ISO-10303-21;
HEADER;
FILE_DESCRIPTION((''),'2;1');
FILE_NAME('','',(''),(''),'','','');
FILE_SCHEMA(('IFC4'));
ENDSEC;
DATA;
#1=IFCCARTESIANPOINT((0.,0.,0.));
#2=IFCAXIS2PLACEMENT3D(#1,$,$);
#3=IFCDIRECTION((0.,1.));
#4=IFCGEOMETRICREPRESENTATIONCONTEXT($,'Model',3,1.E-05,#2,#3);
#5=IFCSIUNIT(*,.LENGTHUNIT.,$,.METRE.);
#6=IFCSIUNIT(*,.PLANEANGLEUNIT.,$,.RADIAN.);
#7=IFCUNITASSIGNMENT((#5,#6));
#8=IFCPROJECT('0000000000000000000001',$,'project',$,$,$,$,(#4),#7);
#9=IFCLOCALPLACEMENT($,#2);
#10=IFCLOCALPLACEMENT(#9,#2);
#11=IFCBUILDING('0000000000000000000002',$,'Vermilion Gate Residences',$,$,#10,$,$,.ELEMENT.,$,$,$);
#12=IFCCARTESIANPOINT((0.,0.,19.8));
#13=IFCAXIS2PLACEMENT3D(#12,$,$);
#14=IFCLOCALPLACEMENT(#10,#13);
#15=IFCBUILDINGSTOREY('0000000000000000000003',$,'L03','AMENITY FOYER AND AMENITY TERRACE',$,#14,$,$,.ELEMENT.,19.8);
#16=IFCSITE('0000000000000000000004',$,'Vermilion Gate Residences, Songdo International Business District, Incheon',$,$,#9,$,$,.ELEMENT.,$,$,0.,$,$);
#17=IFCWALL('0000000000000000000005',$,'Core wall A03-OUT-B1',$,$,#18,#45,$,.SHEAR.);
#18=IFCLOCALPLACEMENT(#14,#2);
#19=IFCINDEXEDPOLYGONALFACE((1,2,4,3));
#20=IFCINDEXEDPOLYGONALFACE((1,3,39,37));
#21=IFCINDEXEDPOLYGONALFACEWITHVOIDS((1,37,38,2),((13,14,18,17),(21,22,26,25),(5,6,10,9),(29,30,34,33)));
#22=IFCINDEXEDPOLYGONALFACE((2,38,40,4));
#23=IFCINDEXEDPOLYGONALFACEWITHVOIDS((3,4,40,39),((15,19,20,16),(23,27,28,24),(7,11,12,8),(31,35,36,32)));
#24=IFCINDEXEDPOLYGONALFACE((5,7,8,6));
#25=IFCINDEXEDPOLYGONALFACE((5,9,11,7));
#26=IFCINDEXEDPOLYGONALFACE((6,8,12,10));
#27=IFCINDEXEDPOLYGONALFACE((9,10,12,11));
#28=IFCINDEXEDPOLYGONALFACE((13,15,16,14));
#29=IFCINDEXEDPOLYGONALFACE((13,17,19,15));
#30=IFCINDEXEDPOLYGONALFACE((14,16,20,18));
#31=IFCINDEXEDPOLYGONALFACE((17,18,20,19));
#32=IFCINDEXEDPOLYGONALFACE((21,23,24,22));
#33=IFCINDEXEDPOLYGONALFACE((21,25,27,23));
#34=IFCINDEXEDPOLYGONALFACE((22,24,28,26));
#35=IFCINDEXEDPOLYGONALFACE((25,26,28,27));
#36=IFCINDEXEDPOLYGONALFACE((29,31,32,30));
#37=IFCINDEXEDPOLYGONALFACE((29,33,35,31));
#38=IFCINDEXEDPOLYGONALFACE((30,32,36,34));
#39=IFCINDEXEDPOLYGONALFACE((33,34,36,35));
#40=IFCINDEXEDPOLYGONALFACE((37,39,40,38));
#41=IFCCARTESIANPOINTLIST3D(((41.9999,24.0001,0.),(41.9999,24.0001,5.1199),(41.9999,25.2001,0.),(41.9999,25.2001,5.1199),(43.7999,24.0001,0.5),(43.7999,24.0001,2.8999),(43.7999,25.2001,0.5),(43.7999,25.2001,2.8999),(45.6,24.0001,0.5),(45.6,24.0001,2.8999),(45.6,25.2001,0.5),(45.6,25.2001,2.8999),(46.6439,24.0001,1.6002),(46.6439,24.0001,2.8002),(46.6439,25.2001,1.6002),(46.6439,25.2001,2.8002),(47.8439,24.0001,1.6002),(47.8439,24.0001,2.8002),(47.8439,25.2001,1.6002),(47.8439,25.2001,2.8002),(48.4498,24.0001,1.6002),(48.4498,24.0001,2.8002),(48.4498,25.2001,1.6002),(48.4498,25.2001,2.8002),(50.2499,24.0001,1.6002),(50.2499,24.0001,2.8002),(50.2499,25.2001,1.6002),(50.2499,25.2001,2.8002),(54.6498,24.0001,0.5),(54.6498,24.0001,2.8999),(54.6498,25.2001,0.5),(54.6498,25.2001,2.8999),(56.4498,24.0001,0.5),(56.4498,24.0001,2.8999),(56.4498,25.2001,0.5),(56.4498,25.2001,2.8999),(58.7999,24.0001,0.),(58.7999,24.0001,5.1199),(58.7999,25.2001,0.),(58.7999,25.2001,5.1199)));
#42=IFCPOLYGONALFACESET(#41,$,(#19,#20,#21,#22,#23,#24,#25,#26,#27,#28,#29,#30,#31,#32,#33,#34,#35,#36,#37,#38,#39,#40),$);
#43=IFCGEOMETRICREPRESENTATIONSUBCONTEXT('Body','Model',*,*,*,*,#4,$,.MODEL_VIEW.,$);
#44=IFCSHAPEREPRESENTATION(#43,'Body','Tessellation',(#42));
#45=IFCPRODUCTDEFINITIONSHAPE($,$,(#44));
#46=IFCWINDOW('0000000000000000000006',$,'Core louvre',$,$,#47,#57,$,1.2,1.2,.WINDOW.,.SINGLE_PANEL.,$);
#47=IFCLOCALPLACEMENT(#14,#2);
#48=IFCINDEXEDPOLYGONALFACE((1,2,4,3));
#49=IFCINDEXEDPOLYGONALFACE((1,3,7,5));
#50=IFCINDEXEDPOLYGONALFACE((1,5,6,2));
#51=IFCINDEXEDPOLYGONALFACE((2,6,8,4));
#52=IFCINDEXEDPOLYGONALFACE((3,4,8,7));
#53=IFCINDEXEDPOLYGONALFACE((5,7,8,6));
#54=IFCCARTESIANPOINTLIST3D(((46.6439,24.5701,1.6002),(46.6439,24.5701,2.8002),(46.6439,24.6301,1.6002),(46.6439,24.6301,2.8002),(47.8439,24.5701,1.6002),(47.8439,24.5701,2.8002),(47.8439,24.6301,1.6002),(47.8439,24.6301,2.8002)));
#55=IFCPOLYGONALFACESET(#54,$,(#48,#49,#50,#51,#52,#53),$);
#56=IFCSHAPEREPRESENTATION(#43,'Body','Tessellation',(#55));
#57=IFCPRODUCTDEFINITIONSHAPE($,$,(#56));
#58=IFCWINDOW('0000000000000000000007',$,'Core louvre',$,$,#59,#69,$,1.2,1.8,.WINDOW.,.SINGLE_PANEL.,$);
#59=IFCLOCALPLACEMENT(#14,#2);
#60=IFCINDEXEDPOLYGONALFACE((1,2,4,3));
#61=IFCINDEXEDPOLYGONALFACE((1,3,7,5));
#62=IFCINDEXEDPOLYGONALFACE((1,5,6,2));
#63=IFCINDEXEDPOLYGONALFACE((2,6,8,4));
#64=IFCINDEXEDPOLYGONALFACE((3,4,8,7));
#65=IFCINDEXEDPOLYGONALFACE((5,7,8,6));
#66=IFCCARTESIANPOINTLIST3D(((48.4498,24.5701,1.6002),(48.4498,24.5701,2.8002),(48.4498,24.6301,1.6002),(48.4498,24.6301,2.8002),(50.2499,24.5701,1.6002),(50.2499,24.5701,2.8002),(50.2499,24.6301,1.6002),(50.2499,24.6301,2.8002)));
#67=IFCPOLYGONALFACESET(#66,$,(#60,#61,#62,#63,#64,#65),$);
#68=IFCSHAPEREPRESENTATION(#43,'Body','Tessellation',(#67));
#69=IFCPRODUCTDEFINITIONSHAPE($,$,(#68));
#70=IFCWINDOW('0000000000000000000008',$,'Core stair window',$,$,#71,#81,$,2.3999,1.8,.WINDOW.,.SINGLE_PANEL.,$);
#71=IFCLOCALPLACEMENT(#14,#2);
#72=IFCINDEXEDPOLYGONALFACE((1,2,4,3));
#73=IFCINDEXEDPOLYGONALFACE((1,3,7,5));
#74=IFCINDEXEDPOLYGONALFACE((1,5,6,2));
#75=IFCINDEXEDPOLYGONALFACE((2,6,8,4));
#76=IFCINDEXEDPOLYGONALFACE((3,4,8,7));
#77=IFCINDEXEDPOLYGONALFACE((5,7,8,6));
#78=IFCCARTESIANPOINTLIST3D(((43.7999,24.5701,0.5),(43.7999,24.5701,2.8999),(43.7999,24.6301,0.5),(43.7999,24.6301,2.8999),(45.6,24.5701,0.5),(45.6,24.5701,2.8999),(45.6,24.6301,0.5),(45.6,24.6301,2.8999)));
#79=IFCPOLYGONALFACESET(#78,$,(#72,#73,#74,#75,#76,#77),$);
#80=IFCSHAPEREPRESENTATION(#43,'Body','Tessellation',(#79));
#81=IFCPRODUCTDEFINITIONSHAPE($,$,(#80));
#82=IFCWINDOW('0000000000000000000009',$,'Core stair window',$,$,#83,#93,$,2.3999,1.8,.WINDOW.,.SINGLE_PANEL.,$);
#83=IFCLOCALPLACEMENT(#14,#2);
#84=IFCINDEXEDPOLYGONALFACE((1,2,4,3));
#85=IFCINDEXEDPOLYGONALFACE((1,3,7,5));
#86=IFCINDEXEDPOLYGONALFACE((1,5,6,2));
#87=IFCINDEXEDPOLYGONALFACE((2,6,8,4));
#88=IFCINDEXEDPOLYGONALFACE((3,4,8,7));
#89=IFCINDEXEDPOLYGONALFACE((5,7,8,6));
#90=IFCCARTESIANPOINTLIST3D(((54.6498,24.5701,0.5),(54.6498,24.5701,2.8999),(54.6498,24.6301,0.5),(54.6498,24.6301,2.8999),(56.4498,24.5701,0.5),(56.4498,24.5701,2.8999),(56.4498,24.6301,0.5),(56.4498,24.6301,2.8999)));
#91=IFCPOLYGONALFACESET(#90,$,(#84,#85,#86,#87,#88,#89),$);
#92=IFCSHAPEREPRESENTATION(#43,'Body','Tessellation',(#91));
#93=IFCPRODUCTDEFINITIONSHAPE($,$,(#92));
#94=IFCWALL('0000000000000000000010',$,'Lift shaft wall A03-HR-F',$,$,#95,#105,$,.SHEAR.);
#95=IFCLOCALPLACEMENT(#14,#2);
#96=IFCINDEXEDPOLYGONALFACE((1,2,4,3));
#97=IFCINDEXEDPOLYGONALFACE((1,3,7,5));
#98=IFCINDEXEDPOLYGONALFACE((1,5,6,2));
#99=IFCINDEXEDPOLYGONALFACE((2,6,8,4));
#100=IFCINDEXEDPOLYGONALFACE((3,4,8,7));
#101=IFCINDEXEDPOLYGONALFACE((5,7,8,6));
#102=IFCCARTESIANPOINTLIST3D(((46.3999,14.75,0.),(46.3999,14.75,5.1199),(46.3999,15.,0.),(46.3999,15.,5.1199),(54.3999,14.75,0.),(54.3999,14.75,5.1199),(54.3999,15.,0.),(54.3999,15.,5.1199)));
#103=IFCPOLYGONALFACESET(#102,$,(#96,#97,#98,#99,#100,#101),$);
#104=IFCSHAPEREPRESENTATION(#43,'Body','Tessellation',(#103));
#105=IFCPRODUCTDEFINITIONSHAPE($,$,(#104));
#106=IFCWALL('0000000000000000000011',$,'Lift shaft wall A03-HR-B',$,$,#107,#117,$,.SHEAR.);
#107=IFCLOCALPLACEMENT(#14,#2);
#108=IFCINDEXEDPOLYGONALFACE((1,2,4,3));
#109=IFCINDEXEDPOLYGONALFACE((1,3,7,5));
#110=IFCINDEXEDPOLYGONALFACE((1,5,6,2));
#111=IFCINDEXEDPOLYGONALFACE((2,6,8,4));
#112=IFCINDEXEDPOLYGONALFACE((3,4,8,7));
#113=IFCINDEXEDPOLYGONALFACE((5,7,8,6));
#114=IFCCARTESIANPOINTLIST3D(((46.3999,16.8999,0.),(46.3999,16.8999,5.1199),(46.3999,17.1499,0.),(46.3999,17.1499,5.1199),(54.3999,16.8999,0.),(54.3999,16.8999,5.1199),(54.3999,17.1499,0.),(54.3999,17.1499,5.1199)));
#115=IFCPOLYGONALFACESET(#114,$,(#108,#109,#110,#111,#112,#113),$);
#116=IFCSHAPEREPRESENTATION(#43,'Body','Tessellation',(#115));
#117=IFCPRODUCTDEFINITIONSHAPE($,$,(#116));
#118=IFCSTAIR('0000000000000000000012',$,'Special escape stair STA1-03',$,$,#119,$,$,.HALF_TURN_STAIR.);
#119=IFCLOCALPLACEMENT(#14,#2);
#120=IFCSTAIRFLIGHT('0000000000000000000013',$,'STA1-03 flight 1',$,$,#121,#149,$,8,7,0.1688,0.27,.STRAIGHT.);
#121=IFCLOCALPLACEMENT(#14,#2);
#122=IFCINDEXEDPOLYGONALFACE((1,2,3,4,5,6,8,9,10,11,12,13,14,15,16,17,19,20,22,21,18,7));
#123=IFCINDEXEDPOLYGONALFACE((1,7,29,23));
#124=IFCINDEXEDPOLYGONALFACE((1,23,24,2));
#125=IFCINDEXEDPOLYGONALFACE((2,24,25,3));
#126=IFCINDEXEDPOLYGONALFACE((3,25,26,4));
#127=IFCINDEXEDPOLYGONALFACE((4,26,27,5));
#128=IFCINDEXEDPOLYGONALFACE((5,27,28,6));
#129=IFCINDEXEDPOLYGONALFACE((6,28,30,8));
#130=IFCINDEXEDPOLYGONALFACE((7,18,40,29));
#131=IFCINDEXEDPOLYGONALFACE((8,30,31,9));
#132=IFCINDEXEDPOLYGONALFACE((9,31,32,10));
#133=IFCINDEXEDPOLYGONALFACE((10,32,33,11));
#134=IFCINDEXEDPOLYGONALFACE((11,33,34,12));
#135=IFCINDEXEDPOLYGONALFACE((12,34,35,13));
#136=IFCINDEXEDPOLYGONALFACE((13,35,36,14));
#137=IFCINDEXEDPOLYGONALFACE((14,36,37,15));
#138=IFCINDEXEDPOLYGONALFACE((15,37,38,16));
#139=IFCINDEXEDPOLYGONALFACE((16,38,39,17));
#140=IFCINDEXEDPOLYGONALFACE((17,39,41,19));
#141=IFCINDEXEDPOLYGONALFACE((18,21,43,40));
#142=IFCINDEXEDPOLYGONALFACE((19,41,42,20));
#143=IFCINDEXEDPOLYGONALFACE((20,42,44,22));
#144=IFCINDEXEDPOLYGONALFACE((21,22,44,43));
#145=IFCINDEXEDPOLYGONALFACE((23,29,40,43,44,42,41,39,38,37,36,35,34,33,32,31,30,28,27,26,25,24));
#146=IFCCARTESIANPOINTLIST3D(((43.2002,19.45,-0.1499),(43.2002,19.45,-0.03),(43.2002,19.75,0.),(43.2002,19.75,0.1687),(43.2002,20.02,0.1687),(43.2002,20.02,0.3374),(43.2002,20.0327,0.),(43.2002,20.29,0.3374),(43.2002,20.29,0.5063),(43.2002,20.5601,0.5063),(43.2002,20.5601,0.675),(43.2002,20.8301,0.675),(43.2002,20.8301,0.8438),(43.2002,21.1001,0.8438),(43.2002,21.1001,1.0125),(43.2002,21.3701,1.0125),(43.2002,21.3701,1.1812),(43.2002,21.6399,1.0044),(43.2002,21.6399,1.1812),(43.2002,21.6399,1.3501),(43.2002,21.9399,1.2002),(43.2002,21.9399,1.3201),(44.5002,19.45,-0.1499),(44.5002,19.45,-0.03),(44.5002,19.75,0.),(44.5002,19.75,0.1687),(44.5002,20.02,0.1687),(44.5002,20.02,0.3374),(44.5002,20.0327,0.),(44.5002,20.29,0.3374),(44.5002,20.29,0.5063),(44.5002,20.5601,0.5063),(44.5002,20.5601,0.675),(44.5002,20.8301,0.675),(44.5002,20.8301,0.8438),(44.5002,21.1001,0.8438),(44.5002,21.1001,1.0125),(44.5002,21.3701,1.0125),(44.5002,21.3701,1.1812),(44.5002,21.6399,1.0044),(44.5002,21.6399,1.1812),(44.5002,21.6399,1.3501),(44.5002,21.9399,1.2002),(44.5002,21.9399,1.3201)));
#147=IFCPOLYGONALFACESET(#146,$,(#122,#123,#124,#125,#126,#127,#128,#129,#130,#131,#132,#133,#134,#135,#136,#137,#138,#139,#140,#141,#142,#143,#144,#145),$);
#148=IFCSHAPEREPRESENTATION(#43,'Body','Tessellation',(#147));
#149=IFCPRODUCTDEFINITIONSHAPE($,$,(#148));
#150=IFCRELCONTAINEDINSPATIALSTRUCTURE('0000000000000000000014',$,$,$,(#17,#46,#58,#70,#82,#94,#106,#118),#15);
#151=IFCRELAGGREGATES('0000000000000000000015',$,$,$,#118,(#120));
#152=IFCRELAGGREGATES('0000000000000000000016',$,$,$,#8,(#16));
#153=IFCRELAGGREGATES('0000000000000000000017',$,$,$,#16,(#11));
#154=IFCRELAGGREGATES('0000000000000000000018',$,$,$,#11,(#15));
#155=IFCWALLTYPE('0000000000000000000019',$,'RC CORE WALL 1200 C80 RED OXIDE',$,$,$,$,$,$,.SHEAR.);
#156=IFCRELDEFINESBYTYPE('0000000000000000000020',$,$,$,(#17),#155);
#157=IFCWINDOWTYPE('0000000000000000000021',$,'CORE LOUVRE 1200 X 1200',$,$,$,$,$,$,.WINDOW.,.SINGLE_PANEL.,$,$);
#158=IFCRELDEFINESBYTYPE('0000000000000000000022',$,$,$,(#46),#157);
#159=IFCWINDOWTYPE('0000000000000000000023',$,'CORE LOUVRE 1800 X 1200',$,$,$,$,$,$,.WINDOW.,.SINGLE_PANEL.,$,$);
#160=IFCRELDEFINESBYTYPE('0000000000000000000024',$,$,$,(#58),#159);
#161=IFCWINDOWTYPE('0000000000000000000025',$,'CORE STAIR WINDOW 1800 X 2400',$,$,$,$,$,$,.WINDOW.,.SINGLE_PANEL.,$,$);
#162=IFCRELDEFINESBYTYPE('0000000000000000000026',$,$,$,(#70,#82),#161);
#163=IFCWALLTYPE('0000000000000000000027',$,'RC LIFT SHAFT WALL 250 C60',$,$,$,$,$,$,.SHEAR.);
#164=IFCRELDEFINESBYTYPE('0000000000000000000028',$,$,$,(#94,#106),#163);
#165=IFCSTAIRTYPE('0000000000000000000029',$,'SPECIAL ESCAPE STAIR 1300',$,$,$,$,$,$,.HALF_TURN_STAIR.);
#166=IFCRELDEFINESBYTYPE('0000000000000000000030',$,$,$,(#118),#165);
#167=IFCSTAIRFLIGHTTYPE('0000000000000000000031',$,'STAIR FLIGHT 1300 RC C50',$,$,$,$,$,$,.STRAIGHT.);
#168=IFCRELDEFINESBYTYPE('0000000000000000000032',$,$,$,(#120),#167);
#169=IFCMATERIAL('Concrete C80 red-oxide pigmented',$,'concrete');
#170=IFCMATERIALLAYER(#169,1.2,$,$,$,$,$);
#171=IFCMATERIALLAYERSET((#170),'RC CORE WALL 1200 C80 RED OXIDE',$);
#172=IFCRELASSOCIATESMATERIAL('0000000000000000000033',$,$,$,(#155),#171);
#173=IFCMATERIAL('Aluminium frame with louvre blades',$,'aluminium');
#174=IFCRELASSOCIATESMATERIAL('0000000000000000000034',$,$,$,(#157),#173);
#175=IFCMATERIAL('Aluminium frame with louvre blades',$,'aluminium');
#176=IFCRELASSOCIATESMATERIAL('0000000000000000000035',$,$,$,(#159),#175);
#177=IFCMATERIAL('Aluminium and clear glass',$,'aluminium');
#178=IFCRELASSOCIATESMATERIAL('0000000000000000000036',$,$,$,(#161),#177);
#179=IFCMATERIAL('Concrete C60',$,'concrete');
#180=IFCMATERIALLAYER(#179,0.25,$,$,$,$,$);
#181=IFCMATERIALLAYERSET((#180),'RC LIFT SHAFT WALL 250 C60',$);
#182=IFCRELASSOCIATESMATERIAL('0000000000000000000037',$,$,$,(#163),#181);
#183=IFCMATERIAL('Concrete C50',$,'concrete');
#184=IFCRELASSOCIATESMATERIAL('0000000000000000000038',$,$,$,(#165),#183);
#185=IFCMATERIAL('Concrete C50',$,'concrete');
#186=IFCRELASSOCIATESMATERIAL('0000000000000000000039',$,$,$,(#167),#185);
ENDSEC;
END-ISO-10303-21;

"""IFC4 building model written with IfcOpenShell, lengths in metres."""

from ifc_helpers import new_model, si_unit, direction, frame, frame_2d, origin, place, context, subcontext, project, spatial, polyline, rectangle, outline, extrude, material, layer, layer_set, type_object, element, fill, aggregate, save


model = new_model("IFC4")

# Units and contexts
model_context = context("Model", 3, precision=1e-05, world=origin(), true_north=direction((0.0, 1.0)))
body_context = subcontext(model_context, "Body", "Model", "MODEL_VIEW")
ifc_project = project(units=[si_unit("LENGTHUNIT", "METRE"), si_unit("PLANEANGLEUNIT", "RADIAN")], contexts=[model_context])

# Site, building, storey
site_placement = place(None, origin())
site = spatial("IfcSite", under=ifc_project, at=site_placement, Name="Vermilion Gate Residences, Songdo International Business District, Incheon", CompositionType="ELEMENT", RefElevation=0.0)
building_placement = place(site_placement, origin())
building = spatial("IfcBuilding", under=site, at=building_placement, Name="Vermilion Gate Residences", CompositionType="ELEMENT")
storey_placement = place(building_placement, frame((0.0, 0.0, 19.8)))
storey = spatial("IfcBuildingStorey", under=building, at=storey_placement, Name="L03", Description="AMENITY FOYER AND AMENITY TERRACE", CompositionType="ELEMENT", Elevation=19.8)

# Wall, openings, windows
ifc_material_1 = material(Name="Concrete C80 red-oxide pigmented", Category="concrete")
ifc_layer_1 = layer(ifc_material_1, 1.2)
ifc_layer_set_1 = layer_set([ifc_layer_1], Name="RC CORE WALL 1200 C80 RED OXIDE")
wall_type_1 = type_object("IfcWallType", Name="RC CORE WALL 1200 C80 RED OXIDE", PredefinedType="SHEAR", material=ifc_layer_set_1)
wall_1_placement = place(storey_placement, frame((42.0, 24.6001, 0.0), z_axis=(0.0, 0.0, 1.0), x_axis=(1.0, 0.0, 0.0)))
wall_1 = element("IfcWall", 1, at=wall_1_placement, inside=storey, type_object=wall_type_1, Name="Core wall A03-OUT-B1", PredefinedType="SHEAR", context=body_context, shape_type="SweptSolid", body=[
    extrude(rectangle(XDim=16.8, YDim=1.2, at=frame_2d((8.3999, 0.0))), origin(), (0.0, 0.0, 1.0), 5.1199),
])
opening_1_placement = place(wall_1_placement, frame((1.8, 0.0, 0.5)))
opening_1 = element("IfcOpeningElement", 2, at=opening_1_placement, cuts=wall_1, PredefinedType="OPENING", context=body_context, shape_type="SweptSolid", body=[
    extrude(rectangle(XDim=1.8, YDim=2.3999, at=frame_2d((0.8999, 1.2))), frame((0.0, 0.6099, 0.0), z_axis=(0.0, -1.0, 0.0), x_axis=(1.0, 0.0, 0.0)), (0.0, 0.0, 1.0), 1.22),
])
opening_2_placement = place(wall_1_placement, frame((4.6438, 0.0, 1.6001)))
opening_2 = element("IfcOpeningElement", 3, at=opening_2_placement, cuts=wall_1, PredefinedType="OPENING", context=body_context, shape_type="SweptSolid", body=[
    extrude(rectangle(XDim=1.2, YDim=1.2, at=frame_2d((0.6001, 0.6001))), frame((0.0, 0.6099, 0.0), z_axis=(0.0, -1.0, 0.0), x_axis=(1.0, 0.0, 0.0)), (0.0, 0.0, 1.0), 1.22),
])
opening_3_placement = place(wall_1_placement, frame((6.45, 0.0, 1.6001)))
opening_3 = element("IfcOpeningElement", 4, at=opening_3_placement, cuts=wall_1, PredefinedType="OPENING", context=body_context, shape_type="SweptSolid", body=[
    extrude(rectangle(XDim=1.8, YDim=1.2, at=frame_2d((0.8999, 0.6001))), frame((0.0, 0.6099, 0.0), z_axis=(0.0, -1.0, 0.0), x_axis=(1.0, 0.0, 0.0)), (0.0, 0.0, 1.0), 1.22),
])
opening_4_placement = place(wall_1_placement, frame((12.6499, 0.0, 0.5)))
opening_4 = element("IfcOpeningElement", 5, at=opening_4_placement, cuts=wall_1, PredefinedType="OPENING", context=body_context, shape_type="SweptSolid", body=[
    extrude(rectangle(XDim=1.8, YDim=2.3999, at=frame_2d((0.8999, 1.2))), frame((0.0, 0.6099, 0.0), z_axis=(0.0, -1.0, 0.0), x_axis=(1.0, 0.0, 0.0)), (0.0, 0.0, 1.0), 1.22),
])
ifc_material_2 = material(Name="Aluminium frame with louvre blades", Category="aluminium")
window_type_1 = type_object("IfcWindowType", Name="CORE LOUVRE 1200 X 1200", PartitioningType="SINGLE_PANEL", PredefinedType="WINDOW", material=ifc_material_2)
window_1_placement = place(opening_2_placement, origin())
window_1 = element("IfcWindow", 6, at=window_1_placement, inside=storey, type_object=window_type_1, Name="Core louvre", OverallHeight=1.2, OverallWidth=1.2, PartitioningType="SINGLE_PANEL", PredefinedType="WINDOW", context=body_context, shape_type="SweptSolid", body=[
    extrude(rectangle(XDim=1.2, YDim=1.2, at=frame_2d((0.6001, 0.6001))), frame((0.0, 0.03, 0.0), z_axis=(0.0, -1.0, 0.0), x_axis=(1.0, 0.0, 0.0)), (0.0, 0.0, 1.0), 0.0601),
])
fill(opening_2, window_1)
ifc_material_3 = material(Name="Aluminium frame with louvre blades", Category="aluminium")
window_type_2 = type_object("IfcWindowType", Name="CORE LOUVRE 1800 X 1200", PartitioningType="SINGLE_PANEL", PredefinedType="WINDOW", material=ifc_material_3)
window_2_placement = place(opening_3_placement, origin())
window_2 = element("IfcWindow", 7, at=window_2_placement, inside=storey, type_object=window_type_2, Name="Core louvre", OverallHeight=1.2, OverallWidth=1.8, PartitioningType="SINGLE_PANEL", PredefinedType="WINDOW", context=body_context, shape_type="SweptSolid", body=[
    extrude(rectangle(XDim=1.8, YDim=1.2, at=frame_2d((0.8999, 0.6001))), frame((0.0, 0.03, 0.0), z_axis=(0.0, -1.0, 0.0), x_axis=(1.0, 0.0, 0.0)), (0.0, 0.0, 1.0), 0.0601),
])
fill(opening_3, window_2)
ifc_material_4 = material(Name="Aluminium and clear glass", Category="aluminium")
window_type_3 = type_object("IfcWindowType", Name="CORE STAIR WINDOW 1800 X 2400", PartitioningType="SINGLE_PANEL", PredefinedType="WINDOW", material=ifc_material_4)
window_3_placement = place(opening_1_placement, origin())
window_3 = element("IfcWindow", 8, at=window_3_placement, inside=storey, type_object=window_type_3, Name="Core stair window", OverallHeight=2.3999, OverallWidth=1.8, PartitioningType="SINGLE_PANEL", PredefinedType="WINDOW", context=body_context, shape_type="SweptSolid", body=[
    extrude(rectangle(XDim=1.8, YDim=2.3999, at=frame_2d((0.8999, 1.2))), frame((0.0, 0.03, 0.0), z_axis=(0.0, -1.0, 0.0), x_axis=(1.0, 0.0, 0.0)), (0.0, 0.0, 1.0), 0.0601),
])
fill(opening_1, window_3)
window_4_placement = place(opening_4_placement, origin())
window_4 = element("IfcWindow", 9, at=window_4_placement, inside=storey, type_object=window_type_3, Name="Core stair window", OverallHeight=2.3999, OverallWidth=1.8, PartitioningType="SINGLE_PANEL", PredefinedType="WINDOW", context=body_context, shape_type="SweptSolid", body=[
    extrude(rectangle(XDim=1.8, YDim=2.3999, at=frame_2d((0.8999, 1.2))), frame((0.0, 0.03, 0.0), z_axis=(0.0, -1.0, 0.0), x_axis=(1.0, 0.0, 0.0)), (0.0, 0.0, 1.0), 0.0601),
])
fill(opening_4, window_4)

# Walls
ifc_material_5 = material(Name="Concrete C60", Category="concrete")
ifc_layer_2 = layer(ifc_material_5, 0.25)
ifc_layer_set_2 = layer_set([ifc_layer_2], Name="RC LIFT SHAFT WALL 250 C60")
wall_type_2 = type_object("IfcWallType", Name="RC LIFT SHAFT WALL 250 C60", PredefinedType="SHEAR", material=ifc_layer_set_2)
for number, where, z_axis, x_axis, name in (
    (10, (46.3999, 14.875, 0.0), (0.0, 0.0, 1.0), (1.0, 0.0, 0.0), "Lift shaft wall A03-HR-F"),
    (11, (46.3999, 17.0249, 0.0), (0.0, 0.0, 1.0), (1.0, 0.0, 0.0), "Lift shaft wall A03-HR-B"),
):
    element("IfcWall", number, at=place(storey_placement, frame(where, z_axis=z_axis, x_axis=x_axis)), inside=storey, type_object=wall_type_2, Name=name, PredefinedType="SHEAR", context=body_context, shape_type="SweptSolid", body=[
        extrude(rectangle(XDim=8.0, YDim=0.25, at=frame_2d((4.0, 0.0))), origin(), (0.0, 0.0, 1.0), 5.1199),
    ])

# Stair, stair flight
ifc_material_6 = material(Name="Concrete C50", Category="concrete")
stair_type = type_object("IfcStairType", Name="SPECIAL ESCAPE STAIR 1300", PredefinedType="HALF_TURN_STAIR", material=ifc_material_6)
stair_placement = place(storey_placement, origin())
stair = element("IfcStair", 12, at=stair_placement, inside=storey, type_object=stair_type, Name="Special escape stair STA1-03", PredefinedType="HALF_TURN_STAIR")
ifc_material_7 = material(Name="Concrete C50", Category="concrete")
stair_flight_type = type_object("IfcStairFlightType", Name="STAIR FLIGHT 1300 RC C50", PredefinedType="STRAIGHT", material=ifc_material_7)
stair_flight_1_placement = place(storey_placement, frame((43.8501, 19.75, 0.0), z_axis=(0.0, 0.0, 1.0), x_axis=(0.0, 1.0, 0.0)))
stair_flight_1 = element("IfcStairFlight", 13, at=stair_flight_1_placement, type_object=stair_flight_type, Name="STA1-03 flight 1", NumberOfRisers=8, NumberOfTreads=7, PredefinedType="STRAIGHT", RiserHeight=0.1688, TreadLength=0.27, context=body_context, shape_type="SweptSolid", body=[
    extrude(outline(polyline([(-0.3, -0.1499), (-0.3, -0.03), (0.0, 0.0), (0.0, 0.1687), (0.27, 0.1687), (0.27, 0.3374), (0.54, 0.3374), (0.54, 0.5063), (0.8101, 0.5063), (0.8101, 0.675), (1.0801, 0.675), (1.0801, 0.8438), (1.3501, 0.8438), (1.3501, 1.0125), (1.6201, 1.0125), (1.6201, 1.1812), (1.8899, 1.1812), (1.8899, 1.3501), (2.1899, 1.3201), (2.1899, 1.2002), (1.8899, 1.0044), (0.2827, 0.0), (-0.3, -0.1499)])), frame((0.0, 0.6499, 0.0), z_axis=(0.0, -1.0, 0.0), x_axis=(1.0, 0.0, 0.0)), (0.0, 0.0, 1.0), 1.3),
])
aggregate(stair, [stair_flight_1])

save(model, "model.ifc")
